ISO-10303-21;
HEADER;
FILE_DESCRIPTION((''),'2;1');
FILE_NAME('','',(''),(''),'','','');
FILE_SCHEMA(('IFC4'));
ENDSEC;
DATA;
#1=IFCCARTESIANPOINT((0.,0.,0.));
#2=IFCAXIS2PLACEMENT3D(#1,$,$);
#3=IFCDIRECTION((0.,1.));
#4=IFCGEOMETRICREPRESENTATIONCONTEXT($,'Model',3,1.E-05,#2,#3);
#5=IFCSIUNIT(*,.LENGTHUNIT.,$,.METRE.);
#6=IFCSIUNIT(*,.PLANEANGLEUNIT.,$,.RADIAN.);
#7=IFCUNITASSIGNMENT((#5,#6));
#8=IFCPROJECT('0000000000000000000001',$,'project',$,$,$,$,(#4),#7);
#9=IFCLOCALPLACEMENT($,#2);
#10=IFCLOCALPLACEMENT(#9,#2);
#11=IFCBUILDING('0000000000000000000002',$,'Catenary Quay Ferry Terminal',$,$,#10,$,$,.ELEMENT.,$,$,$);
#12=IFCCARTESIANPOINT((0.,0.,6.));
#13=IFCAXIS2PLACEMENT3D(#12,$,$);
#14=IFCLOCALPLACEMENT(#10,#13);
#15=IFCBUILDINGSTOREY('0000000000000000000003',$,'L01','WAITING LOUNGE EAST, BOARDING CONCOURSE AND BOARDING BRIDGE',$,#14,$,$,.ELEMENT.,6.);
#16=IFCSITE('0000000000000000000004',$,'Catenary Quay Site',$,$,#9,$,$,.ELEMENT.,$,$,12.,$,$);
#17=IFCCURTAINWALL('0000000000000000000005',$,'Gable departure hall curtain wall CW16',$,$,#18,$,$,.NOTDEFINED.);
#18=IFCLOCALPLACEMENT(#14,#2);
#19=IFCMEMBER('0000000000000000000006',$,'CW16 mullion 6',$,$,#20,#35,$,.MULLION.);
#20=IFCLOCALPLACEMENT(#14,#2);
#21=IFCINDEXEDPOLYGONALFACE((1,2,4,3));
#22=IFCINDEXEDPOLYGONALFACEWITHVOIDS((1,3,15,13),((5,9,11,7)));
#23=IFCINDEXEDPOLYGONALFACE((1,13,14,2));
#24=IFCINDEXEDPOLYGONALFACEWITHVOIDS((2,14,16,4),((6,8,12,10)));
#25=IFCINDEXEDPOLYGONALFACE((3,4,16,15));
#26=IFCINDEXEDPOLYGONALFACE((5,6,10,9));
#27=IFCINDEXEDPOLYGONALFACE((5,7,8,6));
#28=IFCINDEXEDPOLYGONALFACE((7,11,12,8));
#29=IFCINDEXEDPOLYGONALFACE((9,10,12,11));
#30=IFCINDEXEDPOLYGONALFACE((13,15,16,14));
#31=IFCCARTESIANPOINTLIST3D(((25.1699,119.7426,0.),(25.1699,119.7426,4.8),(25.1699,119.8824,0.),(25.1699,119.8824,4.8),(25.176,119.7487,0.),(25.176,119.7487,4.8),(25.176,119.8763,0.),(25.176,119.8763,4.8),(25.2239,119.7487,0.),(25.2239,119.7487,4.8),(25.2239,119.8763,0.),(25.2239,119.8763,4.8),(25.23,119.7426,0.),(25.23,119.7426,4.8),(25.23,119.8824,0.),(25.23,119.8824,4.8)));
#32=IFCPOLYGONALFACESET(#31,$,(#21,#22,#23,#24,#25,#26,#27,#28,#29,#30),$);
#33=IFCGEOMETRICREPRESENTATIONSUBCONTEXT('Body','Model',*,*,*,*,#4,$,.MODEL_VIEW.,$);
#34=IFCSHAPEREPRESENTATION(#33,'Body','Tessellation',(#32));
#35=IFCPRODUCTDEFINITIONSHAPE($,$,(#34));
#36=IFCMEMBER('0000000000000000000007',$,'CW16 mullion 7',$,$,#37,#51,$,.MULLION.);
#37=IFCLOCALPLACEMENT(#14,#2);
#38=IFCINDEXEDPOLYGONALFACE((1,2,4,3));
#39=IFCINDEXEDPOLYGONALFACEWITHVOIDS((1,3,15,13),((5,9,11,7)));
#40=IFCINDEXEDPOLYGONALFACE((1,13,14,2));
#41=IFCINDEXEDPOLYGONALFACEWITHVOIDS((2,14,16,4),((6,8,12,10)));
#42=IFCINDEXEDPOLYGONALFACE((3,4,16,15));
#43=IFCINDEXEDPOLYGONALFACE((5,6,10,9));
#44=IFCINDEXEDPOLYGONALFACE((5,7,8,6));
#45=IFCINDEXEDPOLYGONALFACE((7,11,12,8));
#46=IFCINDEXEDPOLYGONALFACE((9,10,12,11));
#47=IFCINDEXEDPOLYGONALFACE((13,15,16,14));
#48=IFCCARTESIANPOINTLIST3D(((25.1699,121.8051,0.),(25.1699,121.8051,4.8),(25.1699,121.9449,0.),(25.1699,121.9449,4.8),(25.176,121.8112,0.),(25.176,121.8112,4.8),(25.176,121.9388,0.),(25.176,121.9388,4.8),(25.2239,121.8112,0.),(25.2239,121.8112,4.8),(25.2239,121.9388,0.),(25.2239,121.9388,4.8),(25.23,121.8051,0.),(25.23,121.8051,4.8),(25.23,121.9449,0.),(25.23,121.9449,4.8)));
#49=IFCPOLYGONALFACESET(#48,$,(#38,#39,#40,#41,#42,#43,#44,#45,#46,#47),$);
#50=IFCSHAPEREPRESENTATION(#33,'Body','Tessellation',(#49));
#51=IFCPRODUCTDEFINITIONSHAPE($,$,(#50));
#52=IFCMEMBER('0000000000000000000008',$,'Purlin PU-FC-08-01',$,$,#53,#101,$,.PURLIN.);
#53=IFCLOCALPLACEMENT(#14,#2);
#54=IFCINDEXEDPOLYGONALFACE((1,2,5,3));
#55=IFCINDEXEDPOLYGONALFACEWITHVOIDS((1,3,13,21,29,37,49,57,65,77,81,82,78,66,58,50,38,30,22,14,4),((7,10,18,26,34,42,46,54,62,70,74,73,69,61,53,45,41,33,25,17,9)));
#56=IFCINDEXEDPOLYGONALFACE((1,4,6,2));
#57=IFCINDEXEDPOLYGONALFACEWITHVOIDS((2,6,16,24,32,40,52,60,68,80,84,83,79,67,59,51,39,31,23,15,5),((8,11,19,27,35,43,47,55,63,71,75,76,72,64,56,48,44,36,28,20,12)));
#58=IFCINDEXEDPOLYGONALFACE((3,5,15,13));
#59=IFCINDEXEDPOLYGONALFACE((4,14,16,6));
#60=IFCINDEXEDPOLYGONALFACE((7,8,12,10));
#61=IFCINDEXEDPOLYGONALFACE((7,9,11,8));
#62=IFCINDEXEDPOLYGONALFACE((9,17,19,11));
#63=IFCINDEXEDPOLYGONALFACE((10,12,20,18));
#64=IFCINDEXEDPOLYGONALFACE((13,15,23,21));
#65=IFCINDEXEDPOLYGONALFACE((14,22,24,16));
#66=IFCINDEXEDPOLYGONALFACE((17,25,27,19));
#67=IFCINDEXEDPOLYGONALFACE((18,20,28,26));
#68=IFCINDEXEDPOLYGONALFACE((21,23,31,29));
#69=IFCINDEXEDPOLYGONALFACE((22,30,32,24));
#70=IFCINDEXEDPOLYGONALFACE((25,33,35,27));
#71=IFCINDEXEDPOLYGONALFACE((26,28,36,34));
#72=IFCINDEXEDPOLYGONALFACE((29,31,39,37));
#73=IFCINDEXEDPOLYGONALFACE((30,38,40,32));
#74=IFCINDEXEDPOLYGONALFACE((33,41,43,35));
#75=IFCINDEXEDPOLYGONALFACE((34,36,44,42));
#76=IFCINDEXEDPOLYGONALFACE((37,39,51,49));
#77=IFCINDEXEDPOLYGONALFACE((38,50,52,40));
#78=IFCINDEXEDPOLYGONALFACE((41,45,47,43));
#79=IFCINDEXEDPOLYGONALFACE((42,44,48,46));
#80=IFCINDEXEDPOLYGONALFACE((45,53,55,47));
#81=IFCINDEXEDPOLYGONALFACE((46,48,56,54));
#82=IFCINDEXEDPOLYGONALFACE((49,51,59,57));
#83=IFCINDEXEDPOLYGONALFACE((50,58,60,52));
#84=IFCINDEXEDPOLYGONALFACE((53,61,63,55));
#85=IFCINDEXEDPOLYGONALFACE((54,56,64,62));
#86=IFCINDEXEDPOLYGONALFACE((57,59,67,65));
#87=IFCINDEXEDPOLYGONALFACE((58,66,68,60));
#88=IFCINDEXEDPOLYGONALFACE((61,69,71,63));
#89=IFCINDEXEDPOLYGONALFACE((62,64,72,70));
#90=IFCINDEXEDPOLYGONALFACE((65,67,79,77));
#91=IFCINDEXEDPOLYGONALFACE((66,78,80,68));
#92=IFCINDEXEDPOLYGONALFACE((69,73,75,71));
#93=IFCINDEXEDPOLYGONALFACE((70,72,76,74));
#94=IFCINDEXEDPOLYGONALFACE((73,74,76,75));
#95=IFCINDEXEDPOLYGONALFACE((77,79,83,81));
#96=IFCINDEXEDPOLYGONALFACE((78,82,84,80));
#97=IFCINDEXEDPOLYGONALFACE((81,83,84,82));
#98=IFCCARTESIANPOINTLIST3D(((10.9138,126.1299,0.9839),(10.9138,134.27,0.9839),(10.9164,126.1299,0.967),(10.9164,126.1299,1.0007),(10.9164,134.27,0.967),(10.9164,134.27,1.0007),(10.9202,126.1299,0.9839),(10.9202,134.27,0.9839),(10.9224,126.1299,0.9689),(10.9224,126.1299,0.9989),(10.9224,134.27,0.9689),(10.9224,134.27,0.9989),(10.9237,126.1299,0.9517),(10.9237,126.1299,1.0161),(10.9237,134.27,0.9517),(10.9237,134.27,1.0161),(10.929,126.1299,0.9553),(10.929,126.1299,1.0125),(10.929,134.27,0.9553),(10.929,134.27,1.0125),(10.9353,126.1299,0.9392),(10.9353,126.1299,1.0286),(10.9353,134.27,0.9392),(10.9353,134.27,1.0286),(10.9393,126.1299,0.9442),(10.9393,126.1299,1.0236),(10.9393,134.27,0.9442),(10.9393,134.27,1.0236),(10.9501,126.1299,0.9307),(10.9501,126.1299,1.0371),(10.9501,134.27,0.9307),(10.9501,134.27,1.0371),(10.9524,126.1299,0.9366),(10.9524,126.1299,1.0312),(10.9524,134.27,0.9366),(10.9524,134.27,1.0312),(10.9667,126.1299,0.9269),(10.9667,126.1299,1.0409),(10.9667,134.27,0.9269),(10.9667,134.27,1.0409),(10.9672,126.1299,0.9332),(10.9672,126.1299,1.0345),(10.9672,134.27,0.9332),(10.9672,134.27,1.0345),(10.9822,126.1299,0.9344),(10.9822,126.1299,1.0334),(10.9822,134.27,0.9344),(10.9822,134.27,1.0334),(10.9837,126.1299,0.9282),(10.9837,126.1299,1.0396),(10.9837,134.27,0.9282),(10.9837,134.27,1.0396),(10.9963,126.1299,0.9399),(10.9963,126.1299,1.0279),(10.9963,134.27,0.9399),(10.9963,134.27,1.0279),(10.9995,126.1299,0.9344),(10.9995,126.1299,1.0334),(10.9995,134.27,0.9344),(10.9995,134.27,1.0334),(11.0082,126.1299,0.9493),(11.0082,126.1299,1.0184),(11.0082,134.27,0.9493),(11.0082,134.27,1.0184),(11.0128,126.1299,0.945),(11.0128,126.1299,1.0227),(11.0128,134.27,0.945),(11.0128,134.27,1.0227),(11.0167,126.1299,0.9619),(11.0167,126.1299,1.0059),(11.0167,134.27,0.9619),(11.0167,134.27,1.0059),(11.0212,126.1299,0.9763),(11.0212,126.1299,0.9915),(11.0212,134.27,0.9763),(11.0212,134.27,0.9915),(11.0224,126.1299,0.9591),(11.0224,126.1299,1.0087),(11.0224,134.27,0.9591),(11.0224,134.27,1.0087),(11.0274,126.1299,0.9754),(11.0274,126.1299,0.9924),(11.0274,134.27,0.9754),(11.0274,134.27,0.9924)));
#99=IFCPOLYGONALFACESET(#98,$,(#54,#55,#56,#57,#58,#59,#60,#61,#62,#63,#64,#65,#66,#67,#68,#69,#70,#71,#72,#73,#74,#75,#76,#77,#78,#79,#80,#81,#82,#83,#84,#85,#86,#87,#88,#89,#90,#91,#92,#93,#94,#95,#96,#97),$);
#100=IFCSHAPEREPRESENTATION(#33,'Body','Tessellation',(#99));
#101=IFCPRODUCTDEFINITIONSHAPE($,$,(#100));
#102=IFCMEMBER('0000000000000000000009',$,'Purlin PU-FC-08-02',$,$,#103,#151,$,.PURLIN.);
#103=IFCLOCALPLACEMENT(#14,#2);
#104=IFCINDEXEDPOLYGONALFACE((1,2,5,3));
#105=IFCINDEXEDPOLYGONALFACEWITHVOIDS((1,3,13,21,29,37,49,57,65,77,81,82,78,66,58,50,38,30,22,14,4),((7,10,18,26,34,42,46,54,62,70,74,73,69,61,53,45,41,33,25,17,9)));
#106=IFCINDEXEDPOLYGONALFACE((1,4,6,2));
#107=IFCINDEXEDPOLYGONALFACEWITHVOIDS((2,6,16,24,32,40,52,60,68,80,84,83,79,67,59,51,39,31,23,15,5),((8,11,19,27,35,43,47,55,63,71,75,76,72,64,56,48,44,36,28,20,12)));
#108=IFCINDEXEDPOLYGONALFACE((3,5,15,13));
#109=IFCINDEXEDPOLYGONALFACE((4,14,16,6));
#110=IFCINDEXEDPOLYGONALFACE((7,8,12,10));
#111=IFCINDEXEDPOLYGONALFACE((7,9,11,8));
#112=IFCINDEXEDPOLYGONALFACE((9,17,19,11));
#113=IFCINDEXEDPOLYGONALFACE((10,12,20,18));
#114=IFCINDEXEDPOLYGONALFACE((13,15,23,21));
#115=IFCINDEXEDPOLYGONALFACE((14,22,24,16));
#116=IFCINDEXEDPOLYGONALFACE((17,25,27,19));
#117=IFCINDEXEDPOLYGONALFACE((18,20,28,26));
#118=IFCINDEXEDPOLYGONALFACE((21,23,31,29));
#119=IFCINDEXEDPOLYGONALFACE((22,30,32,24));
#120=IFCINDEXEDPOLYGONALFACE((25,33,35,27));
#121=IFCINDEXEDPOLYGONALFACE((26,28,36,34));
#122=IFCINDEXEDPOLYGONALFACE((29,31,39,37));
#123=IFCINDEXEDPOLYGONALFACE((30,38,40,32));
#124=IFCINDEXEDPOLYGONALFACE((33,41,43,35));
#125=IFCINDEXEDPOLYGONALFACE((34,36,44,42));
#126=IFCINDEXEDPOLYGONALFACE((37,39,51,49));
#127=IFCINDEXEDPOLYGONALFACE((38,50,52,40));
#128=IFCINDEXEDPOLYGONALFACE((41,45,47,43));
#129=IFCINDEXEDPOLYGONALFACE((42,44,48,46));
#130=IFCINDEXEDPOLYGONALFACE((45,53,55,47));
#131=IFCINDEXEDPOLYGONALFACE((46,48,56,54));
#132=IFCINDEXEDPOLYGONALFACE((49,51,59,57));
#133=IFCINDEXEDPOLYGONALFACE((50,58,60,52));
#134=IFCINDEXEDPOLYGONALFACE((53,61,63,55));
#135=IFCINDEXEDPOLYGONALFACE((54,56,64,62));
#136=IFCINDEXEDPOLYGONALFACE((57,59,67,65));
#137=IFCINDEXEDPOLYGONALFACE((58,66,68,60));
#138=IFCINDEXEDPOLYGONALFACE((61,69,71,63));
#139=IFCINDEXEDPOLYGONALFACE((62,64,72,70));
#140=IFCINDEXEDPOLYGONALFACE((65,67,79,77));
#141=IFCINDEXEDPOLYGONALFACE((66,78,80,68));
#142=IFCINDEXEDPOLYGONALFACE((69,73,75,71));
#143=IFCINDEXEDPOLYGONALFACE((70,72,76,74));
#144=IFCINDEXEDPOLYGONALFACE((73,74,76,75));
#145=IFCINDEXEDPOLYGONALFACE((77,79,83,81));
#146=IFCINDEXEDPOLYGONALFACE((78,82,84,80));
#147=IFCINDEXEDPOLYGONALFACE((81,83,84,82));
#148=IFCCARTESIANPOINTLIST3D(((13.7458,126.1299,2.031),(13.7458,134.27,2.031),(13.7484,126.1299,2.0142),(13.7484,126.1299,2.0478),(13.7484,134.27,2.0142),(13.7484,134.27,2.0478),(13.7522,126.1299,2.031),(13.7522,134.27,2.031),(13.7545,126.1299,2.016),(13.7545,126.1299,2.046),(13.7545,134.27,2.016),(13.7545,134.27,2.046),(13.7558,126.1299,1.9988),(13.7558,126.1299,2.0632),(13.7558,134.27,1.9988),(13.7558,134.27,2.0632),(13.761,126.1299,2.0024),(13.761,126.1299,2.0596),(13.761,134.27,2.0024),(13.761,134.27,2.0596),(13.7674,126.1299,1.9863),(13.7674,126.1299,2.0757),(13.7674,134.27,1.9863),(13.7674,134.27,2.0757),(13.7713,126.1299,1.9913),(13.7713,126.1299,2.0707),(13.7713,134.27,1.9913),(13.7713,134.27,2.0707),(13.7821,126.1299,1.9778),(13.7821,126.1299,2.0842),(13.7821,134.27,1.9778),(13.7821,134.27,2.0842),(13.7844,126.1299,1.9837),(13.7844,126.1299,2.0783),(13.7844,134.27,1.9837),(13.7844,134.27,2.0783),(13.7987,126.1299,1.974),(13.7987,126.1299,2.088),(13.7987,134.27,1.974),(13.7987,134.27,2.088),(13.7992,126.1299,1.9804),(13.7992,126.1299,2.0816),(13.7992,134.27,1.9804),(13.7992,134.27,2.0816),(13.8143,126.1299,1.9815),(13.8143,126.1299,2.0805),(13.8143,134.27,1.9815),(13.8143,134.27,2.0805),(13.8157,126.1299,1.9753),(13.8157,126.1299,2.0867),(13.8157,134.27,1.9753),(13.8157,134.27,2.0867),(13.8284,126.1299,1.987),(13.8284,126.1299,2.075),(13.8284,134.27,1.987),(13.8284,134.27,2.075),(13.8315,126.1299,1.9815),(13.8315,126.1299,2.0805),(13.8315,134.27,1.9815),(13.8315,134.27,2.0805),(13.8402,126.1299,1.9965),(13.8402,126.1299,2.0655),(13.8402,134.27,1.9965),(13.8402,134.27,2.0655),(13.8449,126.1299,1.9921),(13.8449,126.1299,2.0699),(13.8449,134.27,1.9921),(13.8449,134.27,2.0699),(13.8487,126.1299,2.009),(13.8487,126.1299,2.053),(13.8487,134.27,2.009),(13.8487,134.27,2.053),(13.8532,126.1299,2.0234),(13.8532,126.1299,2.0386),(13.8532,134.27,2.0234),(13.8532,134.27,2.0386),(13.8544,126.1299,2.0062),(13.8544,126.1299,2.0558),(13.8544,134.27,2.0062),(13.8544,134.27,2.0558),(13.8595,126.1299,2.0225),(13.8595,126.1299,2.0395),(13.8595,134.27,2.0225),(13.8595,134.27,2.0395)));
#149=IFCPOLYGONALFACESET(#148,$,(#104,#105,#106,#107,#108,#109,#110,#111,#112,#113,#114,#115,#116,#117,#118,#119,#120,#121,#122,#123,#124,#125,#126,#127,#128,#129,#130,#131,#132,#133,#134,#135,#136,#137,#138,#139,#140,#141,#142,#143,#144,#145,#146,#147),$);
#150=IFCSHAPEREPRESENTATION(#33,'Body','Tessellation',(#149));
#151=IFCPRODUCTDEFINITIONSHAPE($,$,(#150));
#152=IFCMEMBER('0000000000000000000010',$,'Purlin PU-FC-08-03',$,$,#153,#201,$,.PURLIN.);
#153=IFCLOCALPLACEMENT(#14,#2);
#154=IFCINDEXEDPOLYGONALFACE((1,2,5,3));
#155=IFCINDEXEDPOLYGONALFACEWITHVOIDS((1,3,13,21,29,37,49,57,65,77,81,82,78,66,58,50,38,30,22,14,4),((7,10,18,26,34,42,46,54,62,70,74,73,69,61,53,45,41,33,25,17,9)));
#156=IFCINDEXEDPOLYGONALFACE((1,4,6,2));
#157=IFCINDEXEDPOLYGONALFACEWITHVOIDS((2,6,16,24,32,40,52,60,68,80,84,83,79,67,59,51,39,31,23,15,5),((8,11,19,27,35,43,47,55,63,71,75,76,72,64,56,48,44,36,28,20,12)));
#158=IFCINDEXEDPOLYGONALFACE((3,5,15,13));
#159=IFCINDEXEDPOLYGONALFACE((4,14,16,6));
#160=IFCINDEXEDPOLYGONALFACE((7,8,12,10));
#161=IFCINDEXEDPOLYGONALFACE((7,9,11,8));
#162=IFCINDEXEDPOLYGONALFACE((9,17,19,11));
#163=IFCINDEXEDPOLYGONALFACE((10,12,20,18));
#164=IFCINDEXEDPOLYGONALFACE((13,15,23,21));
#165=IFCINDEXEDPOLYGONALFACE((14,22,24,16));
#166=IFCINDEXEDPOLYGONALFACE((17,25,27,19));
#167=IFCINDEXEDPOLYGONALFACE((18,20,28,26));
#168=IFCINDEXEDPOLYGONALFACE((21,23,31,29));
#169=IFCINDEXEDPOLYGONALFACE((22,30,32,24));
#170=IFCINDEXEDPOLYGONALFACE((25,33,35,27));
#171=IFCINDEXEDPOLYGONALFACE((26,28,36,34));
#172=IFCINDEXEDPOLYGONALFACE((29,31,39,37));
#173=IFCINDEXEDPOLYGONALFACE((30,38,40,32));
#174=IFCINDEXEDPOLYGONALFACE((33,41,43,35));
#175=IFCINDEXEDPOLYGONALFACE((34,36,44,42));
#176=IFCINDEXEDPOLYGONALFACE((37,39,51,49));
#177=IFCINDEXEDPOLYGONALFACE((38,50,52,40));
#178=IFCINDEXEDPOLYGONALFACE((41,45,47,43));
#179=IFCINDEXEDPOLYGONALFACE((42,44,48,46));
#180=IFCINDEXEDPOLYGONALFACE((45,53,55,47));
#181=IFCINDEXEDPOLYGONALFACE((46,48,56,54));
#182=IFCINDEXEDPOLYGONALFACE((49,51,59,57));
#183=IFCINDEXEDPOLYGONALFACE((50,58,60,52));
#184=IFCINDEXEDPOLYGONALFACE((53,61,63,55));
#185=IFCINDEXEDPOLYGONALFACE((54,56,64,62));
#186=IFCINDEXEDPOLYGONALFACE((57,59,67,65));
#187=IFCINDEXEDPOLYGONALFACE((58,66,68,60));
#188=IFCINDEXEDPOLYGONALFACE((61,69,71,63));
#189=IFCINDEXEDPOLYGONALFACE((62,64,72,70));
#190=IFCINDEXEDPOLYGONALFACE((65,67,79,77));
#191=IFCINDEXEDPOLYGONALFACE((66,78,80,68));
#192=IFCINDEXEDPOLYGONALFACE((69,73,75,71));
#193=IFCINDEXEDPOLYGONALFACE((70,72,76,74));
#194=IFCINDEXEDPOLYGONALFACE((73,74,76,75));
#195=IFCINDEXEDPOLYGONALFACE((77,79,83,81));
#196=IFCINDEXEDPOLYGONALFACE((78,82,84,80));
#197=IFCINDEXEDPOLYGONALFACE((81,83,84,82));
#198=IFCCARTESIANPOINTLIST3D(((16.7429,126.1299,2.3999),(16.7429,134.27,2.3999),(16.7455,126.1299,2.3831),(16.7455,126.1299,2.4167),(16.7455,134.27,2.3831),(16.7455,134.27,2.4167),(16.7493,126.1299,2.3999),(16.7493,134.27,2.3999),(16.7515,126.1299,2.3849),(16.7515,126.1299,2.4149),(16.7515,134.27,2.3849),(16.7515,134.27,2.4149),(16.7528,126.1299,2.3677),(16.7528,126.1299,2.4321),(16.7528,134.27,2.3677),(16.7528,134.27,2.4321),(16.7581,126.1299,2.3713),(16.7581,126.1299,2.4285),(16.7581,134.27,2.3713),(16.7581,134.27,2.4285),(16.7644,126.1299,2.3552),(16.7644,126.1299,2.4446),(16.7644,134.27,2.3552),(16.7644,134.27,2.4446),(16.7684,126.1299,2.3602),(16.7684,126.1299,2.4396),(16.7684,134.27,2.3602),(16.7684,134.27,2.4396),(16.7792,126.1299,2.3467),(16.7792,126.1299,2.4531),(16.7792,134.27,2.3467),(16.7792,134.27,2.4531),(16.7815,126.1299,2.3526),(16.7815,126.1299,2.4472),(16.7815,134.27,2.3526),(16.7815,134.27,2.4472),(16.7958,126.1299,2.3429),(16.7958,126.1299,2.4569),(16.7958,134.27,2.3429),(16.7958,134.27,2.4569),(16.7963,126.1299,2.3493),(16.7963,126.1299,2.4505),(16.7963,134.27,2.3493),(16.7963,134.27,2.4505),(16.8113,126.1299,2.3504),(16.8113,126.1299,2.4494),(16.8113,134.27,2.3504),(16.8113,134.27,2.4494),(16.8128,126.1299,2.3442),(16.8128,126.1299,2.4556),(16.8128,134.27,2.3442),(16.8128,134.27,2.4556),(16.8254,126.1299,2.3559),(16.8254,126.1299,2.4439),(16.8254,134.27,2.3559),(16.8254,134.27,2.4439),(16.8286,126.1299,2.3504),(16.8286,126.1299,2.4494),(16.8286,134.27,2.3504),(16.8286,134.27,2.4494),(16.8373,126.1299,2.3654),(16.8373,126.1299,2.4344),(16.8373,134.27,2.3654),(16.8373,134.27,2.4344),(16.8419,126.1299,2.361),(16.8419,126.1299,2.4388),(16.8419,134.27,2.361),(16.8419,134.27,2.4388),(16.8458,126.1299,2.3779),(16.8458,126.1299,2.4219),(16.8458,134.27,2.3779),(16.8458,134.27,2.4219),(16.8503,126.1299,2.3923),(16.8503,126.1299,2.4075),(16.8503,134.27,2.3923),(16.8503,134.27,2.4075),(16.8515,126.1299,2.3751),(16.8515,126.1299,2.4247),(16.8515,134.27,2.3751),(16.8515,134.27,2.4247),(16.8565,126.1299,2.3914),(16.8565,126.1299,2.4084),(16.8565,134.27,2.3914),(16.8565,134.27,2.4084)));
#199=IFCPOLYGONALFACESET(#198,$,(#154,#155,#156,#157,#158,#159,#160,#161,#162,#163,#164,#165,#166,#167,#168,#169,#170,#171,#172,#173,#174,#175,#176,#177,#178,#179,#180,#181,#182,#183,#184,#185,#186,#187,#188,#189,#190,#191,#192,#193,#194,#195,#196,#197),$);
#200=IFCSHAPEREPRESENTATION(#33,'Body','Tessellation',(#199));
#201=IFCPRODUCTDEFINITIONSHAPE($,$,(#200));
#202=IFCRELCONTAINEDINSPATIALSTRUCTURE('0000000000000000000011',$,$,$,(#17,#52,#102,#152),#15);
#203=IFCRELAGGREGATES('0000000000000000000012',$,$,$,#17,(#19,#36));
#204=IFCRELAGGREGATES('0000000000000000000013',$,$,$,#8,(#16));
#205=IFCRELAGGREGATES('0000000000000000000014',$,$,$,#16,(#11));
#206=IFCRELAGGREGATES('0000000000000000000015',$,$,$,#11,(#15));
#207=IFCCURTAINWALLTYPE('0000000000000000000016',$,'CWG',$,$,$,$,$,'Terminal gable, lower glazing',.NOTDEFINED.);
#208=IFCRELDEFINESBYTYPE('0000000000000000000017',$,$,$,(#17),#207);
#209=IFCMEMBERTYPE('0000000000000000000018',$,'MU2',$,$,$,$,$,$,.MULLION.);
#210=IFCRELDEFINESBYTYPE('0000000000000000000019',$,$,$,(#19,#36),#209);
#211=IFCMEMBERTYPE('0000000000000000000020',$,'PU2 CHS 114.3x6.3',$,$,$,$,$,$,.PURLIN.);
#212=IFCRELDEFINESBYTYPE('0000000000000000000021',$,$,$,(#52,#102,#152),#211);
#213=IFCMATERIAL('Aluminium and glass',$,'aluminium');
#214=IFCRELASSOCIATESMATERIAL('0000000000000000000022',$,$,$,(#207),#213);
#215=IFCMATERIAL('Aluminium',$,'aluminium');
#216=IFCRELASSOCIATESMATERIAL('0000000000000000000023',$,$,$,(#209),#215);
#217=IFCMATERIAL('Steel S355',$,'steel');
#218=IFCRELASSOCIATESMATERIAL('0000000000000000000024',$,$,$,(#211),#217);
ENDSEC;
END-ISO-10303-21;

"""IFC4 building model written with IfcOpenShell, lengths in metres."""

from ifc_helpers import new_model, si_unit, direction, frame, origin, origin_2d, place, context, subcontext, project, spatial, hollow_rectangle, hollow_circle, extrude, material, material_profile, profile_set, type_object, element, aggregate, save


model = new_model("IFC4")

# Units and contexts
model_context = context("Model", 3, precision=1e-05, world=origin(), true_north=direction((0.0, 1.0)))
body_context = subcontext(model_context, "Body", "Model", "MODEL_VIEW")
ifc_project = project(units=[si_unit("LENGTHUNIT", "METRE"), si_unit("PLANEANGLEUNIT", "RADIAN")], contexts=[model_context])

# Site, building, storey
site_placement = place(None, origin())
site = spatial("IfcSite", under=ifc_project, at=site_placement, Name="Catenary Quay Site", CompositionType="ELEMENT", RefElevation=12.0)
building_placement = place(site_placement, origin())
building = spatial("IfcBuilding", under=site, at=building_placement, Name="Catenary Quay Ferry Terminal", CompositionType="ELEMENT")
storey_placement = place(building_placement, frame((0.0, 0.0, 6.0)))
storey = spatial("IfcBuildingStorey", under=building, at=storey_placement, Name="L01", Description="WAITING LOUNGE EAST, BOARDING CONCOURSE AND BOARDING BRIDGE", CompositionType="ELEMENT", Elevation=6.0)

# Curtain wall, members
ifc_material_1 = material(Name="Aluminium and glass", Category="aluminium")
curtain_wall_type = type_object("IfcCurtainWallType", Name="CWG", ElementType="Terminal gable, lower glazing", PredefinedType="NOTDEFINED", material=ifc_material_1)
curtain_wall_placement = place(storey_placement, origin())
curtain_wall = element("IfcCurtainWall", 1, at=curtain_wall_placement, inside=storey, type_object=curtain_wall_type, Name="Gable departure hall curtain wall CW16", PredefinedType="NOTDEFINED")
ifc_material_2 = material(Name="Aluminium", Category="aluminium")
ifc_material_profile_1 = material_profile(ifc_material_2, hollow_rectangle(XDim=0.0601, YDim=0.1399, WallThickness=0.0061, at=origin_2d()), Name="MU2")
ifc_profile_set_1 = profile_set([ifc_material_profile_1], Name="Aluminium")
member_type_1 = type_object("IfcMemberType", Name="MU2", PredefinedType="MULLION", material=ifc_profile_set_1)
member_1_placement = place(storey_placement, frame((25.2, 119.8125, 0.0), z_axis=(0.0, 0.0, 1.0), x_axis=(-1.0, 0.0, 0.0)))
member_1 = element("IfcMember", 2, at=member_1_placement, type_object=member_type_1, Name="CW16 mullion 6", PredefinedType="MULLION", context=body_context, shape_type="SweptSolid", body=[
    extrude(hollow_rectangle(XDim=0.0601, YDim=0.1399, WallThickness=0.0061, at=origin_2d()), origin(), (0.0, 0.0, 1.0), 4.8),
])
member_2_placement = place(storey_placement, frame((25.2, 121.875, 0.0), z_axis=(0.0, 0.0, 1.0), x_axis=(-1.0, 0.0, 0.0)))
member_2 = element("IfcMember", 3, at=member_2_placement, type_object=member_type_1, Name="CW16 mullion 7", PredefinedType="MULLION", context=body_context, shape_type="SweptSolid", body=[
    extrude(hollow_rectangle(XDim=0.0601, YDim=0.1399, WallThickness=0.0061, at=origin_2d()), origin(), (0.0, 0.0, 1.0), 4.8),
])

# Members
ifc_material_3 = material(Name="Steel S355", Category="steel")
ifc_material_profile_2 = material_profile(ifc_material_3, hollow_circle(Radius=0.0571, WallThickness=0.0063, at=origin_2d()), Name="CHS 114.3x6.3")
ifc_profile_set_2 = profile_set([ifc_material_profile_2], Name="Steel S355")
member_type_2 = type_object("IfcMemberType", Name="PU2 CHS 114.3x6.3", PredefinedType="PURLIN", material=ifc_profile_set_2)
for number, where, z_axis, x_axis, name in (
    (4, (10.9709, 126.1299, 0.9839), (0.0, 1.0, 0.0), (-1.0, 0.0, 0.0), "Purlin PU-FC-08-01"),
    (5, (13.803, 126.1299, 2.031), (0.0, 1.0, 0.0), (-1.0, 0.0, 0.0), "Purlin PU-FC-08-02"),
    (6, (16.8, 126.1299, 2.3999), (0.0, 1.0, 0.0), (-1.0, 0.0, 0.0), "Purlin PU-FC-08-03"),
):
    element("IfcMember", number, at=place(storey_placement, frame(where, z_axis=z_axis, x_axis=x_axis)), inside=storey, type_object=member_type_2, Name=name, PredefinedType="PURLIN", context=body_context, shape_type="SweptSolid", body=[
        extrude(hollow_circle(Radius=0.0571, WallThickness=0.0063, at=origin_2d()), origin(), (0.0, 0.0, 1.0), 8.1401),
    ])

aggregate(curtain_wall, [member_1, member_2])

save(model, "model.ifc")
